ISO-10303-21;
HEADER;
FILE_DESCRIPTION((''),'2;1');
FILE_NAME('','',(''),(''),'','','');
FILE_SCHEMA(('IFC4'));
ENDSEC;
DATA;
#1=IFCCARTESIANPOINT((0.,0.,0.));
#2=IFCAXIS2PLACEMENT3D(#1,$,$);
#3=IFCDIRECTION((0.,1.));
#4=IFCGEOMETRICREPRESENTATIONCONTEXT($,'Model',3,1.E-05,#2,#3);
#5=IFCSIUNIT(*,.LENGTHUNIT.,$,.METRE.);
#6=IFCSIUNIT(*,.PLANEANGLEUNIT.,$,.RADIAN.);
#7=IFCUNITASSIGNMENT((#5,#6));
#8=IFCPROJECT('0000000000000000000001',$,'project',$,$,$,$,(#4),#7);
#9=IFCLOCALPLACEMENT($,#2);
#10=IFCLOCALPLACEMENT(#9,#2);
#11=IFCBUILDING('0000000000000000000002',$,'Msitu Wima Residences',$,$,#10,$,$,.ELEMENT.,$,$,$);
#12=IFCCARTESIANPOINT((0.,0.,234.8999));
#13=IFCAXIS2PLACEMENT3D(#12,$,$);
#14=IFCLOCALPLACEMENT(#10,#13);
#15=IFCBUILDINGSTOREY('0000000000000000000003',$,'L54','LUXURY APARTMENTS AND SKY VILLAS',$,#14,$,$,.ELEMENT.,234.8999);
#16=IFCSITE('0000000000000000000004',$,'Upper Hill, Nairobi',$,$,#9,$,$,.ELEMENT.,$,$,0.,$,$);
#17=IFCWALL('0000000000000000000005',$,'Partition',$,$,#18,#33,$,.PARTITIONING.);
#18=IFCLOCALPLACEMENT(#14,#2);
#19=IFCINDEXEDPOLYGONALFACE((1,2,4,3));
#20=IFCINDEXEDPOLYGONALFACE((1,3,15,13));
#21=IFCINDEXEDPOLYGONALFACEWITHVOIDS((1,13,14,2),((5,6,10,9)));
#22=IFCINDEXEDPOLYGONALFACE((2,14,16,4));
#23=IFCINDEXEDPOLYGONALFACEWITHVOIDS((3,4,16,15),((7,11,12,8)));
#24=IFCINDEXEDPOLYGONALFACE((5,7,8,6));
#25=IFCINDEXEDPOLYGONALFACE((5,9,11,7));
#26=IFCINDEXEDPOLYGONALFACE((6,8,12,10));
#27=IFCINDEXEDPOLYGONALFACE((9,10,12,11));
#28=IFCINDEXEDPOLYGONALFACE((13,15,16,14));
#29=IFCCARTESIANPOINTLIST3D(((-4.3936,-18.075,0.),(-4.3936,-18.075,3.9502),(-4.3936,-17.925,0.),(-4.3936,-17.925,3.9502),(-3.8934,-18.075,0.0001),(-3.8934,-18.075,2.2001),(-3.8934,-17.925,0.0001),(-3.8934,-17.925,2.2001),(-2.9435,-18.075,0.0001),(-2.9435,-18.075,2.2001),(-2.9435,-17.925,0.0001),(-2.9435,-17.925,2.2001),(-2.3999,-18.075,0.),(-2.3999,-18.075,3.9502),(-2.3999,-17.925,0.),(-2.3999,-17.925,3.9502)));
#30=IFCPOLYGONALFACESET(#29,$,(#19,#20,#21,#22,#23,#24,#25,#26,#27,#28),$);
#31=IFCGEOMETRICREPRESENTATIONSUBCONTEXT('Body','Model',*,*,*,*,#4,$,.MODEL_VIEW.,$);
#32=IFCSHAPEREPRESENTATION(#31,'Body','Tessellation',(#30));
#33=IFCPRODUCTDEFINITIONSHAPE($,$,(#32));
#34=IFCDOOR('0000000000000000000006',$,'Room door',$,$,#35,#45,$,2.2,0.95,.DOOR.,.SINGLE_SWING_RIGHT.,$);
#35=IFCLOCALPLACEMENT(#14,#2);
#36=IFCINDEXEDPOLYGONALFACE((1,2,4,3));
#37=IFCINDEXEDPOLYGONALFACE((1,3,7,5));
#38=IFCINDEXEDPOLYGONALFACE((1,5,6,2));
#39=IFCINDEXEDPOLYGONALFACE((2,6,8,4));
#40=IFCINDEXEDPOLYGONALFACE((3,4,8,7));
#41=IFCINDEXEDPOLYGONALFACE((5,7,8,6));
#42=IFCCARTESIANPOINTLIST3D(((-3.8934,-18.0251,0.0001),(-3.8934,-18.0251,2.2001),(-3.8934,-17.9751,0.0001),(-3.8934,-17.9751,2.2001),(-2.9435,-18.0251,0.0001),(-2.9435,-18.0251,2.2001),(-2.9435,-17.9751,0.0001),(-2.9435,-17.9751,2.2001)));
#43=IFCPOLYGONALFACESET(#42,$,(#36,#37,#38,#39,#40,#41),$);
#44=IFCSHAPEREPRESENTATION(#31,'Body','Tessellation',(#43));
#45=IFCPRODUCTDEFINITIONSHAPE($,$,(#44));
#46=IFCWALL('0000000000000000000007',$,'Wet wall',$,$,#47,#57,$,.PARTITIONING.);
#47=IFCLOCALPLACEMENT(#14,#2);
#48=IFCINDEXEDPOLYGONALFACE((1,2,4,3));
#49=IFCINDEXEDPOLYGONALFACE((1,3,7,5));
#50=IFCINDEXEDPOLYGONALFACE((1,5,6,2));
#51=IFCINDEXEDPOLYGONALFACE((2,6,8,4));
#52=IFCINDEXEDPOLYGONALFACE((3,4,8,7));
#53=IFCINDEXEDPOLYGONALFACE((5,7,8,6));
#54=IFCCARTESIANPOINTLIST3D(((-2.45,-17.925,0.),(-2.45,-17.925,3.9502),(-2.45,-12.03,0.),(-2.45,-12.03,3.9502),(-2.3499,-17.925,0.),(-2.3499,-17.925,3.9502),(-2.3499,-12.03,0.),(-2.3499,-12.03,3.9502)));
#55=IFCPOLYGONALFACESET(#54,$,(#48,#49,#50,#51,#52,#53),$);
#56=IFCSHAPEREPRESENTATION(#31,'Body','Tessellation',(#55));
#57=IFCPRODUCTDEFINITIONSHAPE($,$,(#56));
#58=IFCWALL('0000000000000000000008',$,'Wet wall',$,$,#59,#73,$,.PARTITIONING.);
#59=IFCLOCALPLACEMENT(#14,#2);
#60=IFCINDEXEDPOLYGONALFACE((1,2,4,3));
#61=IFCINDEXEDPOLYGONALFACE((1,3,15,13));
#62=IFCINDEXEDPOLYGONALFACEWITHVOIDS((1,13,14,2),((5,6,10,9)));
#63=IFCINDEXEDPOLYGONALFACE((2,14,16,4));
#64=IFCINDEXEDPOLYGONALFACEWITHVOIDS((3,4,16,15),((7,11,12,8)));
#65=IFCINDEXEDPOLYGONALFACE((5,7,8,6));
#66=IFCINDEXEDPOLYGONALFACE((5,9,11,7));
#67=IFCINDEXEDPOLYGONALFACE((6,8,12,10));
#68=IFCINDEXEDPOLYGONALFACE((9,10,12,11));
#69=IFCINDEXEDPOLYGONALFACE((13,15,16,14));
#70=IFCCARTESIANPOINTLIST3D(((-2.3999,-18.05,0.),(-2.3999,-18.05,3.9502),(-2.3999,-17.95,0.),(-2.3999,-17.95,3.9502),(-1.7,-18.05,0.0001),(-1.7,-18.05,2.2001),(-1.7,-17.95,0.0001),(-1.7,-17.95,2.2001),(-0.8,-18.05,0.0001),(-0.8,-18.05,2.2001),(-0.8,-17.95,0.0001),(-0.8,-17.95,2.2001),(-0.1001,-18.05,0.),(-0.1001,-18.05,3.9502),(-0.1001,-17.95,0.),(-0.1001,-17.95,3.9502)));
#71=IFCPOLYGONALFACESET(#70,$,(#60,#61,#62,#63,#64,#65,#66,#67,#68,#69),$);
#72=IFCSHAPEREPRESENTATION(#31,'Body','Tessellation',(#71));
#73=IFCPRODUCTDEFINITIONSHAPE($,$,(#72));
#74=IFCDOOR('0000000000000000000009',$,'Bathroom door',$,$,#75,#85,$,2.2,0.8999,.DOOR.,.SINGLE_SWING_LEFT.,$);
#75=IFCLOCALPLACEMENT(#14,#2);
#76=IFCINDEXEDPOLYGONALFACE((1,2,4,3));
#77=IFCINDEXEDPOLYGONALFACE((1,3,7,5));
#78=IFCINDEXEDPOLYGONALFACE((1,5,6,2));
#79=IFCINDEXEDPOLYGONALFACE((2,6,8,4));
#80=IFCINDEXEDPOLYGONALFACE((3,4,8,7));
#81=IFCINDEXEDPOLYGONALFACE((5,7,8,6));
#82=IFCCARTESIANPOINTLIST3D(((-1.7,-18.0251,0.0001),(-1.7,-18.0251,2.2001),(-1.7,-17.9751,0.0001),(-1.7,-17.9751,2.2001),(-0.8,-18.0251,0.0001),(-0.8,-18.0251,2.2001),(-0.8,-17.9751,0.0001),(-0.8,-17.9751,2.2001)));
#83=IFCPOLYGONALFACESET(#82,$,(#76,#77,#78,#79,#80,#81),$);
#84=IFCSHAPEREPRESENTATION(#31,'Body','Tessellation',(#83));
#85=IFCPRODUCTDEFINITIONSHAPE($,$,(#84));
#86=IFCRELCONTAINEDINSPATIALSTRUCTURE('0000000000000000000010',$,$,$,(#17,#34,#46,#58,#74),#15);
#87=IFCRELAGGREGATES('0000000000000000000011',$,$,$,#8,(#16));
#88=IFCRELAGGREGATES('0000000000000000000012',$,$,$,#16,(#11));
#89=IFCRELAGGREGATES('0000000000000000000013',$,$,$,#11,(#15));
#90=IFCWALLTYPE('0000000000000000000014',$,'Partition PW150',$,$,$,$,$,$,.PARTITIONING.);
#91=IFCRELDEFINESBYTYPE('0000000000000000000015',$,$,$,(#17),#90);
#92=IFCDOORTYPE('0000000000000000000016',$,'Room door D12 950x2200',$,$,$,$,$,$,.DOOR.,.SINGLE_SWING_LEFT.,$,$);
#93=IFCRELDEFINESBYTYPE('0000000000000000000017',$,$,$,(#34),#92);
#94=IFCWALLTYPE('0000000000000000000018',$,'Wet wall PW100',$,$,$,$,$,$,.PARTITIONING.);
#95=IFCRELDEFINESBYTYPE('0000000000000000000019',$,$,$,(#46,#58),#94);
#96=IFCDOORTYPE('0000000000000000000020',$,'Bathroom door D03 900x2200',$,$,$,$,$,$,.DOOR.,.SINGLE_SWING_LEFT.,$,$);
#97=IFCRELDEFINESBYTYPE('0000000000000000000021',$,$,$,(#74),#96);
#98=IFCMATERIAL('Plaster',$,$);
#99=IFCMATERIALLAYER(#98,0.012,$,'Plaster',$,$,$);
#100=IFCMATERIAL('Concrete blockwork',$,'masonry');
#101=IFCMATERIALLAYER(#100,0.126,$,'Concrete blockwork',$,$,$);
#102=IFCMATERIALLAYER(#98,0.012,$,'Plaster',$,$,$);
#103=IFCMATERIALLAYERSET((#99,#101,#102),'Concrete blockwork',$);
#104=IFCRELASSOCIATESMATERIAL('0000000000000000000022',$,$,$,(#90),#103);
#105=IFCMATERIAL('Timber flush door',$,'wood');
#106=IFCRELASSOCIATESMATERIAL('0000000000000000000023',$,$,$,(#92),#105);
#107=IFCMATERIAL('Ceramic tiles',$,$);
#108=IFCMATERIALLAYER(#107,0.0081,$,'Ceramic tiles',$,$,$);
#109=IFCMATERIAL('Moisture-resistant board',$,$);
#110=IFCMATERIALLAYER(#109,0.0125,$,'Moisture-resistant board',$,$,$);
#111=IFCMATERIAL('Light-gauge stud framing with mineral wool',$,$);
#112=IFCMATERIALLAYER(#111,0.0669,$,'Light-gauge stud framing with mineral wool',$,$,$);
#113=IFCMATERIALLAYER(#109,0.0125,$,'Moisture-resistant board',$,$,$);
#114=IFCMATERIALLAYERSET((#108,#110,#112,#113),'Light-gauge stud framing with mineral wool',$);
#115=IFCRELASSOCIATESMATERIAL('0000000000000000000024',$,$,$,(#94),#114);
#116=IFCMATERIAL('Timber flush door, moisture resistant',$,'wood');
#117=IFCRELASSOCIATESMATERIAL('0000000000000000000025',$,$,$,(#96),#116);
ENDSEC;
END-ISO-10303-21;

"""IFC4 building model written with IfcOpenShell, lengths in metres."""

from ifc_helpers import new_model, si_unit, direction, frame, frame_2d, origin, place, context, subcontext, project, spatial, rectangle, extrude, material, layer, layer_set, type_object, element, fill, save


model = new_model("IFC4")

# Units and contexts
model_context = context("Model", 3, precision=1e-05, world=origin(), true_north=direction((0.0, 1.0)))
body_context = subcontext(model_context, "Body", "Model", "MODEL_VIEW")
ifc_project = project(units=[si_unit("LENGTHUNIT", "METRE"), si_unit("PLANEANGLEUNIT", "RADIAN")], contexts=[model_context])

# Site, building, storey
site_placement = place(None, origin())
site = spatial("IfcSite", under=ifc_project, at=site_placement, Name="Upper Hill, Nairobi", CompositionType="ELEMENT", RefElevation=0.0)
building_placement = place(site_placement, origin())
building = spatial("IfcBuilding", under=site, at=building_placement, Name="Msitu Wima Residences", CompositionType="ELEMENT")
storey_placement = place(building_placement, frame((0.0, 0.0, 234.8999)))
storey = spatial("IfcBuildingStorey", under=building, at=storey_placement, Name="L54", Description="LUXURY APARTMENTS AND SKY VILLAS", CompositionType="ELEMENT", Elevation=234.8999)

# Shared definitions
ifc_material_1 = material(Name="Plaster")
ifc_layer_1 = layer(ifc_material_1, 0.012, Name="Plaster")
ifc_material_2 = material(Name="Concrete blockwork", Category="masonry")
ifc_layer_2 = layer(ifc_material_2, 0.126, Name="Concrete blockwork")
ifc_layer_3 = layer(ifc_material_1, 0.012, Name="Plaster")
ifc_layer_set_1 = layer_set([ifc_layer_1, ifc_layer_2, ifc_layer_3], Name="Concrete blockwork")
wall_type_1 = type_object("IfcWallType", Name="Partition PW150", PredefinedType="PARTITIONING", material=ifc_layer_set_1)
ifc_material_3 = material(Name="Timber flush door", Category="wood")
door_type_1 = type_object("IfcDoorType", Name="Room door D12 950x2200", OperationType="SINGLE_SWING_LEFT", PredefinedType="DOOR", material=ifc_material_3)

# Wall, opening, door
wall_1_placement = place(storey_placement, frame((-4.3936, -18.0, 0.0), z_axis=(0.0, 0.0, 1.0), x_axis=(1.0, 0.0, 0.0)))
wall_1 = element("IfcWall", 1, at=wall_1_placement, inside=storey, type_object=wall_type_1, Name="Partition", PredefinedType="PARTITIONING", context=body_context, shape_type="SweptSolid", body=[
    extrude(rectangle(XDim=1.9937, YDim=0.1499, at=frame_2d((0.9968, 0.0))), origin(), (0.0, 0.0, 1.0), 3.9502),
])
opening_1_placement = place(wall_1_placement, frame((0.5, 0.0, 0.0)))
opening_1 = element("IfcOpeningElement", 2, at=opening_1_placement, cuts=wall_1, PredefinedType="OPENING", context=body_context, shape_type="SweptSolid", body=[
    extrude(rectangle(XDim=0.95, YDim=2.2, at=frame_2d((0.4751, 1.1001))), frame((0.0, 0.085, 0.0), z_axis=(0.0, -1.0, 0.0), x_axis=(1.0, 0.0, 0.0)), (0.0, 0.0, 1.0), 0.1699),
])
door_1_placement = place(opening_1_placement, origin())
door_1 = element("IfcDoor", 3, at=door_1_placement, inside=storey, type_object=door_type_1, Name="Room door", OperationType="SINGLE_SWING_RIGHT", OverallHeight=2.2, OverallWidth=0.95, PredefinedType="DOOR", context=body_context, shape_type="SweptSolid", body=[
    extrude(rectangle(XDim=0.95, YDim=2.2, at=frame_2d((0.4751, 1.1001))), frame((0.0, 0.0249, 0.0), z_axis=(0.0, -1.0, 0.0), x_axis=(1.0, 0.0, 0.0)), (0.0, 0.0, 1.0), 0.05),
])
fill(opening_1, door_1)

# Wall
ifc_material_4 = material(Name="Ceramic tiles")
ifc_layer_4 = layer(ifc_material_4, 0.0081, Name="Ceramic tiles")
ifc_material_5 = material(Name="Moisture-resistant board")
ifc_layer_5 = layer(ifc_material_5, 0.0125, Name="Moisture-resistant board")
ifc_material_6 = material(Name="Light-gauge stud framing with mineral wool")
ifc_layer_6 = layer(ifc_material_6, 0.0669, Name="Light-gauge stud framing with mineral wool")
ifc_layer_7 = layer(ifc_material_5, 0.0125, Name="Moisture-resistant board")
ifc_layer_set_2 = layer_set([ifc_layer_4, ifc_layer_5, ifc_layer_6, ifc_layer_7], Name="Light-gauge stud framing with mineral wool")
wall_type_2 = type_object("IfcWallType", Name="Wet wall PW100", PredefinedType="PARTITIONING", material=ifc_layer_set_2)
wall_2_placement = place(storey_placement, frame((-2.3999, -17.925, 0.0), z_axis=(0.0, 0.0, 1.0), x_axis=(0.0, 1.0, 0.0)))
element("IfcWall", 4, at=wall_2_placement, inside=storey, type_object=wall_type_2, Name="Wet wall", PredefinedType="PARTITIONING", context=body_context, shape_type="SweptSolid", body=[
    extrude(rectangle(XDim=5.895, YDim=0.1001, at=frame_2d((2.9475, 0.0))), origin(), (0.0, 0.0, 1.0), 3.9502),
])

# Wall, opening, door
wall_3_placement = place(storey_placement, frame((-2.3999, -18.0, 0.0), z_axis=(0.0, 0.0, 1.0), x_axis=(1.0, 0.0, 0.0)))
wall_3 = element("IfcWall", 5, at=wall_3_placement, inside=storey, type_object=wall_type_2, Name="Wet wall", PredefinedType="PARTITIONING", context=body_context, shape_type="SweptSolid", body=[
    extrude(rectangle(XDim=2.2998, YDim=0.1001, at=frame_2d((1.1499, 0.0))), origin(), (0.0, 0.0, 1.0), 3.9502),
])
opening_2_placement = place(wall_3_placement, frame((0.7, 0.0, 0.0)))
opening_2 = element("IfcOpeningElement", 6, at=opening_2_placement, cuts=wall_3, PredefinedType="OPENING", context=body_context, shape_type="SweptSolid", body=[
    extrude(rectangle(XDim=0.8999, YDim=2.2, at=frame_2d((0.45, 1.1001))), frame((0.0, 0.0601, 0.0), z_axis=(0.0, -1.0, 0.0), x_axis=(1.0, 0.0, 0.0)), (0.0, 0.0, 1.0), 0.1201),
])
ifc_material_7 = material(Name="Timber flush door, moisture resistant", Category="wood")
door_type_2 = type_object("IfcDoorType", Name="Bathroom door D03 900x2200", OperationType="SINGLE_SWING_LEFT", PredefinedType="DOOR", material=ifc_material_7)
door_2_placement = place(opening_2_placement, origin())
door_2 = element("IfcDoor", 7, at=door_2_placement, inside=storey, type_object=door_type_2, Name="Bathroom door", OperationType="SINGLE_SWING_LEFT", OverallHeight=2.2, OverallWidth=0.8999, PredefinedType="DOOR", context=body_context, shape_type="SweptSolid", body=[
    extrude(rectangle(XDim=0.8999, YDim=2.2, at=frame_2d((0.45, 1.1001))), frame((0.0, 0.0249, 0.0), z_axis=(0.0, -1.0, 0.0), x_axis=(1.0, 0.0, 0.0)), (0.0, 0.0, 1.0), 0.05),
])
fill(opening_2, door_2)

save(model, "model.ifc")
